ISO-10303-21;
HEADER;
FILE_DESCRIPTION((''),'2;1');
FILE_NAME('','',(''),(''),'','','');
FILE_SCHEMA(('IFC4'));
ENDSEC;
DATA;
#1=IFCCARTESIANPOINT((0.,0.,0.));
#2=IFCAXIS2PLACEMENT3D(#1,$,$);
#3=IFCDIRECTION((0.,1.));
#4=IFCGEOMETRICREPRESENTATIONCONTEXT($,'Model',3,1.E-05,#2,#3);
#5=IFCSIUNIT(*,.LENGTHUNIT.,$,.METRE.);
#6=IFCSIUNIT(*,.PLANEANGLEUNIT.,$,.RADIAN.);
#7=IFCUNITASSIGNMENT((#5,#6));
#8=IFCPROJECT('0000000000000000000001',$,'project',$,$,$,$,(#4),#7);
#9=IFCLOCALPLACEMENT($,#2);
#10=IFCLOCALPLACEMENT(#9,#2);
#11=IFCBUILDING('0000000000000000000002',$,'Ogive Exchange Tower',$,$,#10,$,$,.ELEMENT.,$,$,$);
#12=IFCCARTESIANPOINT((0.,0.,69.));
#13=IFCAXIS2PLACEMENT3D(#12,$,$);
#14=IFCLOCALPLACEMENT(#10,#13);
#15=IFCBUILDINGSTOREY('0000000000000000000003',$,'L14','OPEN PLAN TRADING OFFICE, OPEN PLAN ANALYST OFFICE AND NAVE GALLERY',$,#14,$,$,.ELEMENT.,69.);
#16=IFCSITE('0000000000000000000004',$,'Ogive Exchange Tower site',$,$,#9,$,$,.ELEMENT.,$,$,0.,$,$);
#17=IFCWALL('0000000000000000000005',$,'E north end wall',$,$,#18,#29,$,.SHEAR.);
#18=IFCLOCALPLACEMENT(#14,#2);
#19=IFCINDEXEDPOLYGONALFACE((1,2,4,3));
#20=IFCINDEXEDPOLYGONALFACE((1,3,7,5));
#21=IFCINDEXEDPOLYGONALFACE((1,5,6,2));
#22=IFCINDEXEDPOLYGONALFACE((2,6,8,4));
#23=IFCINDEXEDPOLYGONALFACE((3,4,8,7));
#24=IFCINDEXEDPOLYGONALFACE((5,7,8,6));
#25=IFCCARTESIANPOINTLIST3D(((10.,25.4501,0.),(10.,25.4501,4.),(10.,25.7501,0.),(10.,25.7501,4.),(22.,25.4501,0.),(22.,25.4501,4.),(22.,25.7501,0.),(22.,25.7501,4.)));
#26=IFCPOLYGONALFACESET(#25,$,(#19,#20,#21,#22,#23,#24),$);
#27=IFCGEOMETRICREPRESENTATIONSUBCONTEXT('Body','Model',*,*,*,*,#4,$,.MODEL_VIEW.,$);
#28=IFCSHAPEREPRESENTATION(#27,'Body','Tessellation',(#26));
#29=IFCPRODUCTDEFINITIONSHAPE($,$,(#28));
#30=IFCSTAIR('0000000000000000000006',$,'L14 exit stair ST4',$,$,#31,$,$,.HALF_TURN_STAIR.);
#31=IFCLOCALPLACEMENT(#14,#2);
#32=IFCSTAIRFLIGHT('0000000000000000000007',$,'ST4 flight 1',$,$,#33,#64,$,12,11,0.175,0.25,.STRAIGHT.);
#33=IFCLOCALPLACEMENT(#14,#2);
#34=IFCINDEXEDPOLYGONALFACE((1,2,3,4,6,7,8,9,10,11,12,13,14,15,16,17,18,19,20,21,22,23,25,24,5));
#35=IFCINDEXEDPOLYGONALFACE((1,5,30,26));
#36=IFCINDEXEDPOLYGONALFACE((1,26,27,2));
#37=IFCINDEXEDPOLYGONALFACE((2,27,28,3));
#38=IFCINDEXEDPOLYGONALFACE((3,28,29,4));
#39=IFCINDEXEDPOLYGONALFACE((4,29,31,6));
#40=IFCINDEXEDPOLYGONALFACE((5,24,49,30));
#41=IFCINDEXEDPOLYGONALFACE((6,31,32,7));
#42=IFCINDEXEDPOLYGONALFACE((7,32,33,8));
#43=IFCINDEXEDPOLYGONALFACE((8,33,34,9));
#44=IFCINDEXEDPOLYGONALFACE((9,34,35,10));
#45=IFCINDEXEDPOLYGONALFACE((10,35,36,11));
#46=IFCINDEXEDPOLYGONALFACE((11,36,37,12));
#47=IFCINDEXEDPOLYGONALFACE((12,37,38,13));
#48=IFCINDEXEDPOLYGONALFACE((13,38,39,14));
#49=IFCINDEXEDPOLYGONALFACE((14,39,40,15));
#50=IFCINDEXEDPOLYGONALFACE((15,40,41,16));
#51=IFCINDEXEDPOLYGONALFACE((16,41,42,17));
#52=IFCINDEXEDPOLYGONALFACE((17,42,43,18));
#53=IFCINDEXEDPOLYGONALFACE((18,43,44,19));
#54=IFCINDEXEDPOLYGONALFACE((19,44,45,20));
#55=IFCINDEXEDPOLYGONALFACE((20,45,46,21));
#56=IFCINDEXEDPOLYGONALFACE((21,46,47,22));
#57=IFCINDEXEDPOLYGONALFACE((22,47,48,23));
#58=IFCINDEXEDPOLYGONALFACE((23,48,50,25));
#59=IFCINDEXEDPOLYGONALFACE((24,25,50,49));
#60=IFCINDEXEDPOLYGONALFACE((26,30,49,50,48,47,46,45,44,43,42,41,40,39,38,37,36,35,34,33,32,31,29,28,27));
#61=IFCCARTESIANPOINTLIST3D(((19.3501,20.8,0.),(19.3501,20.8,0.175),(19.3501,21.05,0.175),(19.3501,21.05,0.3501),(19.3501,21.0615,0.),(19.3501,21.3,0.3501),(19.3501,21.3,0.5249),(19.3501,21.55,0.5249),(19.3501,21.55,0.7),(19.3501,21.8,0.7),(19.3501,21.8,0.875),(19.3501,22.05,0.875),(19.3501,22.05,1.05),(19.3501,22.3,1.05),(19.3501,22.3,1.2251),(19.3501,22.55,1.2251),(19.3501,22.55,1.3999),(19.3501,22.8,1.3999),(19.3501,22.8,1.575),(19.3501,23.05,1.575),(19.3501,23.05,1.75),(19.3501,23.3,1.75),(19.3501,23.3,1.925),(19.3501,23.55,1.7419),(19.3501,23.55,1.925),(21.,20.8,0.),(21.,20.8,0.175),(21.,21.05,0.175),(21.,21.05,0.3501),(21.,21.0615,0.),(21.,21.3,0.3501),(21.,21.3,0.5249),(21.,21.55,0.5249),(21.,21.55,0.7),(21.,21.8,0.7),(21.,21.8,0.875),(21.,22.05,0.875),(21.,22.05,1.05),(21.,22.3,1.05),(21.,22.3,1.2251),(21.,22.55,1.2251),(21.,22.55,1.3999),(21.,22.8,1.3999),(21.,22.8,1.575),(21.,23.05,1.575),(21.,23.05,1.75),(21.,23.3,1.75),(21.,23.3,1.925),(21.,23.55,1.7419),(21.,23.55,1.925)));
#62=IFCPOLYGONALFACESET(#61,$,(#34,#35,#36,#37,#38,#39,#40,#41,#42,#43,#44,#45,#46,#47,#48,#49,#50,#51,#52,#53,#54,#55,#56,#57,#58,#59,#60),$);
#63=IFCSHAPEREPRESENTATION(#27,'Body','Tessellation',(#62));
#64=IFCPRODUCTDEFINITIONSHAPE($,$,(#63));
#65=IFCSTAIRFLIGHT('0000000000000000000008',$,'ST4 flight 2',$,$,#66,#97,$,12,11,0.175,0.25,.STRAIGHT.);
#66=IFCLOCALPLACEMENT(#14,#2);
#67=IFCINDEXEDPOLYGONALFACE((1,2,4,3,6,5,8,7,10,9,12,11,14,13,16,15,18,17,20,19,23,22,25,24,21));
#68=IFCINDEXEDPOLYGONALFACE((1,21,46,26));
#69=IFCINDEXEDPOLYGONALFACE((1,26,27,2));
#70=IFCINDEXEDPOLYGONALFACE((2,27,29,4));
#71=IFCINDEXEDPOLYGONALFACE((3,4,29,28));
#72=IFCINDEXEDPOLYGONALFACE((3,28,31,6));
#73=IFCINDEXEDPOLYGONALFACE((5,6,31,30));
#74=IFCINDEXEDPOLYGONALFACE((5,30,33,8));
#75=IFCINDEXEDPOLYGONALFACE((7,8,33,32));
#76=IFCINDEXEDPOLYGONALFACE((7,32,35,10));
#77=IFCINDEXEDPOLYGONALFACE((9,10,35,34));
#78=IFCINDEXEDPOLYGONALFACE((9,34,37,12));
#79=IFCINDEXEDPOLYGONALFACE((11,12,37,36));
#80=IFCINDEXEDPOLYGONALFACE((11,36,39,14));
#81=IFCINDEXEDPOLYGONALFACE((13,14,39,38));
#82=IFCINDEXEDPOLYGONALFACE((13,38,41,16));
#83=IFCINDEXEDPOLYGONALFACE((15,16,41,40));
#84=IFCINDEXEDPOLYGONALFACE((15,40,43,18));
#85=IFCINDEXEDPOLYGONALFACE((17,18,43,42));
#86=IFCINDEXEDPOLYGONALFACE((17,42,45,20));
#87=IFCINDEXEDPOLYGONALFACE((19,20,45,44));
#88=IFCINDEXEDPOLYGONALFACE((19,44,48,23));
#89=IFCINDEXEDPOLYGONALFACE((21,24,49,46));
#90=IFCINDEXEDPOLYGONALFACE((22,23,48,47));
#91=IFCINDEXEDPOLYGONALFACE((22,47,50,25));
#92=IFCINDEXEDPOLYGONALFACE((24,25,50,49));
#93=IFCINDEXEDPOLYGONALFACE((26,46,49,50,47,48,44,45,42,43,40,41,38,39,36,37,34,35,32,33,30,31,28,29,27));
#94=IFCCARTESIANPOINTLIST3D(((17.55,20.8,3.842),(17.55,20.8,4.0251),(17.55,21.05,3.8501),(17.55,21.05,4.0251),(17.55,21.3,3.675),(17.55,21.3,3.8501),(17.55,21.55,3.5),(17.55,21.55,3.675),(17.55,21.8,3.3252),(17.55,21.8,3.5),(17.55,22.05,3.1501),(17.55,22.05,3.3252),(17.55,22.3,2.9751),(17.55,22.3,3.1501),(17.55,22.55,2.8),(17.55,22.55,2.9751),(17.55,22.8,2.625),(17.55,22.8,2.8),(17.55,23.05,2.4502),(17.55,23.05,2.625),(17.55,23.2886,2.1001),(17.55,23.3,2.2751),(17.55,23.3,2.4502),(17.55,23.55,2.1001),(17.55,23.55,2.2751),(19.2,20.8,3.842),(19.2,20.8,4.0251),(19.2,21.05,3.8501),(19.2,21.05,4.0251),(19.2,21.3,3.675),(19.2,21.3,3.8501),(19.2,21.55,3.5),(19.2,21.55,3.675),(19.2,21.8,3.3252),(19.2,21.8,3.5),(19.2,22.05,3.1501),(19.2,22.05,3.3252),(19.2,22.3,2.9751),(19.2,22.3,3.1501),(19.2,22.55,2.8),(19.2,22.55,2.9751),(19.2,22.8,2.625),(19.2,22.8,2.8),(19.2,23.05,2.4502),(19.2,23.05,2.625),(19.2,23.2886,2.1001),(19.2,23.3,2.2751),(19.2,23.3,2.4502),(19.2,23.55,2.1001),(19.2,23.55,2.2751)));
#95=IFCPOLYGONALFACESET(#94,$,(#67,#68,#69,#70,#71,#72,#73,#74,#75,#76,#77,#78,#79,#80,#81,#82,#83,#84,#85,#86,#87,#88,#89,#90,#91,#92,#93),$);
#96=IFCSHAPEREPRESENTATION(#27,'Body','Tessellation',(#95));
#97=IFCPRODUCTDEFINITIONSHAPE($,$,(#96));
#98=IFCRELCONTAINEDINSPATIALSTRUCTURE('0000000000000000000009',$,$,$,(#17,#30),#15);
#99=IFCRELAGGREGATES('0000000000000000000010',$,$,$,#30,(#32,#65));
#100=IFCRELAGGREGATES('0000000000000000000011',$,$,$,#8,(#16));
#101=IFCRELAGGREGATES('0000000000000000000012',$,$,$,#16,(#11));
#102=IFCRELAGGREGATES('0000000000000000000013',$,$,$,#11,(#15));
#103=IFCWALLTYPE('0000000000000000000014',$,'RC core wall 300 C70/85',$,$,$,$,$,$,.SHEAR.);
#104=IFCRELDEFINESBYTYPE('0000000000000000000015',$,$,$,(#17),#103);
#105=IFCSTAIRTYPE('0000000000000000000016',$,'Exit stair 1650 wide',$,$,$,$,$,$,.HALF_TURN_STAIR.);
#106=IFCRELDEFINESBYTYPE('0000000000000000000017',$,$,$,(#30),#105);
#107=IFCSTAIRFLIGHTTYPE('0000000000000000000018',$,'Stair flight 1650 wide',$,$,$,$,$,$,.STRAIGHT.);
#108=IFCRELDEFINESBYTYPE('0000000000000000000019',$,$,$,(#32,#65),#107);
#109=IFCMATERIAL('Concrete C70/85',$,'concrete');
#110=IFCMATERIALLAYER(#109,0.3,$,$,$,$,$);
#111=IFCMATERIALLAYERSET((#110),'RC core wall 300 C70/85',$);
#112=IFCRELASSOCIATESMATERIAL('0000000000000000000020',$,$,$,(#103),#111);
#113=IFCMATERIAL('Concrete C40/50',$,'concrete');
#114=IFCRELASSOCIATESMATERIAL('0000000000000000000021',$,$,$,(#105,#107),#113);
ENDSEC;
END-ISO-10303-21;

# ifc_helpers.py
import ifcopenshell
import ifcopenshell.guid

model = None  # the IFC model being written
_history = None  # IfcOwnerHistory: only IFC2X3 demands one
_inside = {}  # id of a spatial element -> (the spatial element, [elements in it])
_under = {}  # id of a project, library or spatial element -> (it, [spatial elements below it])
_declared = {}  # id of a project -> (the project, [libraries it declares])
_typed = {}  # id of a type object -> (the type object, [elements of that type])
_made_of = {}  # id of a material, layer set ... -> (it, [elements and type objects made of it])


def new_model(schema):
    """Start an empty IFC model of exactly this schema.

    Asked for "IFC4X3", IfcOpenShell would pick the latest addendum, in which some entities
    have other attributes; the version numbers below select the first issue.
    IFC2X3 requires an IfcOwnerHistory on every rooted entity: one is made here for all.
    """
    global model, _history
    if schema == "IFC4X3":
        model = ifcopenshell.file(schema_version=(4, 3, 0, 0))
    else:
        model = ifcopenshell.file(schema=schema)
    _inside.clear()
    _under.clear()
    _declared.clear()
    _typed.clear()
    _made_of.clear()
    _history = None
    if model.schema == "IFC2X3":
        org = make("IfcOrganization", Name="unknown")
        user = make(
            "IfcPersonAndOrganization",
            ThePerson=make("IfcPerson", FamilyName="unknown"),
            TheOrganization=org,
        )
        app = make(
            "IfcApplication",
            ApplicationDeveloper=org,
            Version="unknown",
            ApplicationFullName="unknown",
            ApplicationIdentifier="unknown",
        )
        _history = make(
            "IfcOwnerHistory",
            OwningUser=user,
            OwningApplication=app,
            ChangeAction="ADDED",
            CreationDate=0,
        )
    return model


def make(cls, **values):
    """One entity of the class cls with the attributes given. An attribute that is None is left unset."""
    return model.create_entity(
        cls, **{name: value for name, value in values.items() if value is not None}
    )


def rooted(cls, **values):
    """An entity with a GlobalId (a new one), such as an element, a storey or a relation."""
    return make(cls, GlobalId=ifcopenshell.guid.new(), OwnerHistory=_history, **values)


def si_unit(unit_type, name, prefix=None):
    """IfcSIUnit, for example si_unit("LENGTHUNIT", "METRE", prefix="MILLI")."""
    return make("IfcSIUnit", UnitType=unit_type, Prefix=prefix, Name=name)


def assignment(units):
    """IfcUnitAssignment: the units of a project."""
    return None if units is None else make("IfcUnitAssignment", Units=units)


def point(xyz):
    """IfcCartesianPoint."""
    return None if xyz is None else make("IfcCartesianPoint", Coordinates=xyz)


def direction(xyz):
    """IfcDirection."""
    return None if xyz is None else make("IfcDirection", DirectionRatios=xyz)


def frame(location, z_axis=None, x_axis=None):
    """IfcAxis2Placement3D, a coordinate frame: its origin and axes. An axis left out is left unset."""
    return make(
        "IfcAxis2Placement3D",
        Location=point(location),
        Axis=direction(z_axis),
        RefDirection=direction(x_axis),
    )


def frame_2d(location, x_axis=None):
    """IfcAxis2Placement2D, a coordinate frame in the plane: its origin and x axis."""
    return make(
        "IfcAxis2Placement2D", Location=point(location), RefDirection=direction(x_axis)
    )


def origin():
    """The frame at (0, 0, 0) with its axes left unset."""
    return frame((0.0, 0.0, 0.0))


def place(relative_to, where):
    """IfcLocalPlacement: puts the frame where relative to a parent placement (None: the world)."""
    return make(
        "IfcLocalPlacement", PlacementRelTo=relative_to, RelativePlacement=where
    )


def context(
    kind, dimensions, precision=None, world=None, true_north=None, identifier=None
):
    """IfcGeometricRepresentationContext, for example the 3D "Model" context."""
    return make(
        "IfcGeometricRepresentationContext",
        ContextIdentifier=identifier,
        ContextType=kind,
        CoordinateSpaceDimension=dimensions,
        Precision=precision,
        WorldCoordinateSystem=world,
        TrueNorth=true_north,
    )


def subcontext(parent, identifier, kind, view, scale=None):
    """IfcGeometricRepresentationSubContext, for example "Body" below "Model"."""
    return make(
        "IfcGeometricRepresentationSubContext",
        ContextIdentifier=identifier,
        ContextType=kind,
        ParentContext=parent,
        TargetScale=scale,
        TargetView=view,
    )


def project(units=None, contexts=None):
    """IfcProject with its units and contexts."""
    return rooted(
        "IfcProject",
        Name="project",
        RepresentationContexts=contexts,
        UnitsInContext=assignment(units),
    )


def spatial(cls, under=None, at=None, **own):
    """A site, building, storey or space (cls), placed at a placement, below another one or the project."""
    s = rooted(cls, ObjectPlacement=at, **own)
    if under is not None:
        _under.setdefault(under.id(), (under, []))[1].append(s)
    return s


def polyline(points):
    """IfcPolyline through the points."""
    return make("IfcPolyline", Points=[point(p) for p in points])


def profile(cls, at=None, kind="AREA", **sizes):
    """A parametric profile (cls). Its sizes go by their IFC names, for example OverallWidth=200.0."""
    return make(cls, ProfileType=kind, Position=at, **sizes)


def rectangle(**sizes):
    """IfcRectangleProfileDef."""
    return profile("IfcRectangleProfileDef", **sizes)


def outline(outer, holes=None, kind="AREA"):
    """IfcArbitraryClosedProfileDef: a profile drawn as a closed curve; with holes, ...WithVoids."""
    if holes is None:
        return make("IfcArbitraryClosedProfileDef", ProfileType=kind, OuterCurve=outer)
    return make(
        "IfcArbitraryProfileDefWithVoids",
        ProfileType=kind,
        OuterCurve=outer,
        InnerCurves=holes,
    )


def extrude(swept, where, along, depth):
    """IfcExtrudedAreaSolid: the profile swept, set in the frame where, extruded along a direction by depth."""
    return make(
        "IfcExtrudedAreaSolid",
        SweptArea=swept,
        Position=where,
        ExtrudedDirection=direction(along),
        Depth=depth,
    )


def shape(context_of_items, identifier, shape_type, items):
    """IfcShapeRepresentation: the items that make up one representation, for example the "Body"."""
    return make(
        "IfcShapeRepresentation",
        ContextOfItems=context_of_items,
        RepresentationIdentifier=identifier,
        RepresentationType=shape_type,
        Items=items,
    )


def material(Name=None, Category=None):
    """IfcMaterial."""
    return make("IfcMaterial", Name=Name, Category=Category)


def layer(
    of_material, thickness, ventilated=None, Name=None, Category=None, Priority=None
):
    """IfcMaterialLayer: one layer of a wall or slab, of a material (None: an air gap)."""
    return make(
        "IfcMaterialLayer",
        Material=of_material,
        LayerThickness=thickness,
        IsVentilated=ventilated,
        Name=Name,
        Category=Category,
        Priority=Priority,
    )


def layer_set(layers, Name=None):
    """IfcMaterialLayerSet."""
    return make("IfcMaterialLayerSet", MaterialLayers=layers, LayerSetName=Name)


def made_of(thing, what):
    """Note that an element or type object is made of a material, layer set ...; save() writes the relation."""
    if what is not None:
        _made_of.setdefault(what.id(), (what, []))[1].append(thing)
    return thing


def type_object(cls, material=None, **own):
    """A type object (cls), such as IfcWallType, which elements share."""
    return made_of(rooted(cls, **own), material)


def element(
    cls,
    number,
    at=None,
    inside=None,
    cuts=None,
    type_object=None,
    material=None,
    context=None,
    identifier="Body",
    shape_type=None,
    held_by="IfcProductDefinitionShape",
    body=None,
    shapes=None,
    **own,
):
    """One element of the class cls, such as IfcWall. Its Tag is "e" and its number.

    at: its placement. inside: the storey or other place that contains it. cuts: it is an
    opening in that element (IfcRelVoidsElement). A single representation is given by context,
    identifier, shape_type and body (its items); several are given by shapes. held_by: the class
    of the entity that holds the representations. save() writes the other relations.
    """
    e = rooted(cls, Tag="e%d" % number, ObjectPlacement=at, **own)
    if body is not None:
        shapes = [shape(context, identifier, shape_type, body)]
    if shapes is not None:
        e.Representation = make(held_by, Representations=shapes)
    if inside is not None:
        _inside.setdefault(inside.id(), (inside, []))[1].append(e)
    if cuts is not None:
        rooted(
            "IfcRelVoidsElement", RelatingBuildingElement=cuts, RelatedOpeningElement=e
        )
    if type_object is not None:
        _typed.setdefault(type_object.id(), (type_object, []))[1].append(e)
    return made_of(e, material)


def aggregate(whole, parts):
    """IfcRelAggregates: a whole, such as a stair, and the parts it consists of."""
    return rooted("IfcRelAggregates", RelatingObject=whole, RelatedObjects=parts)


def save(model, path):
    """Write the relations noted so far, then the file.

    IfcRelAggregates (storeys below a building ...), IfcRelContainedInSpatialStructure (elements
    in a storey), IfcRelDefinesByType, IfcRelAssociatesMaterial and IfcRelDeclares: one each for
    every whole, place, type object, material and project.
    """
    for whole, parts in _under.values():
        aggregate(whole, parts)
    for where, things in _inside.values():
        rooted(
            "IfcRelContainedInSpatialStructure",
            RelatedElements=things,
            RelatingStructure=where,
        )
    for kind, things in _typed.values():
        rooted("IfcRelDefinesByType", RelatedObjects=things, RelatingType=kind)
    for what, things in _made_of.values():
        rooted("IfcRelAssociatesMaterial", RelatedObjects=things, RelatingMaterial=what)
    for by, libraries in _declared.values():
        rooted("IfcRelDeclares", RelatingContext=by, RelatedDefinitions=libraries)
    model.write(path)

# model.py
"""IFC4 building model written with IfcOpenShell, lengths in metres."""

from ifc_helpers import new_model, si_unit, direction, frame, frame_2d, origin, place, context, subcontext, project, spatial, polyline, rectangle, outline, extrude, material, layer, layer_set, type_object, element, aggregate, save


model = new_model("IFC4")

# Units and contexts
model_context = context("Model", 3, precision=1e-05, world=origin(), true_north=direction((0.0, 1.0)))
body_context = subcontext(model_context, "Body", "Model", "MODEL_VIEW")
ifc_project = project(units=[si_unit("LENGTHUNIT", "METRE"), si_unit("PLANEANGLEUNIT", "RADIAN")], contexts=[model_context])

# Site, building, storey
site_placement = place(None, origin())
site = spatial("IfcSite", under=ifc_project, at=site_placement, Name="Ogive Exchange Tower site", CompositionType="ELEMENT", RefElevation=0.0)
building_placement = place(site_placement, origin())
building = spatial("IfcBuilding", under=site, at=building_placement, Name="Ogive Exchange Tower", CompositionType="ELEMENT")
storey_placement = place(building_placement, frame((0.0, 0.0, 69.0)))
storey = spatial("IfcBuildingStorey", under=building, at=storey_placement, Name="L14", Description="OPEN PLAN TRADING OFFICE, OPEN PLAN ANALYST OFFICE AND NAVE GALLERY", CompositionType="ELEMENT", Elevation=69.0)

# Wall
ifc_material_1 = material(Name="Concrete C70/85", Category="concrete")
ifc_layer_1 = layer(ifc_material_1, 0.3)
ifc_layer_set_1 = layer_set([ifc_layer_1], Name="RC core wall 300 C70/85")
wall_type_1 = type_object("IfcWallType", Name="RC core wall 300 C70/85", PredefinedType="SHEAR", material=ifc_layer_set_1)
wall_1_placement = place(storey_placement, frame((10.0, 25.6001, 0.0), z_axis=(0.0, 0.0, 1.0), x_axis=(1.0, 0.0, 0.0)))
element("IfcWall", 1, at=wall_1_placement, inside=storey, type_object=wall_type_1, Name="E north end wall", PredefinedType="SHEAR", context=body_context, shape_type="SweptSolid", body=[
    extrude(rectangle(XDim=12.0, YDim=0.3, at=frame_2d((6.0, 0.0))), origin(), (0.0, 0.0, 1.0), 4.0),
])

# Stair, stair flights
ifc_material_2 = material(Name="Concrete C40/50", Category="concrete")
stair_type = type_object("IfcStairType", Name="Exit stair 1650 wide", PredefinedType="HALF_TURN_STAIR", material=ifc_material_2)
stair_placement = place(storey_placement, origin())
stair = element("IfcStair", 2, at=stair_placement, inside=storey, type_object=stair_type, Name="L14 exit stair ST4", PredefinedType="HALF_TURN_STAIR")
stair_flight_type = type_object("IfcStairFlightType", Name="Stair flight 1650 wide", PredefinedType="STRAIGHT", material=ifc_material_2)
stair_flight_1_placement = place(storey_placement, frame((20.175, 20.8, 0.0), z_axis=(0.0, 0.0, 1.0), x_axis=(0.0, 1.0, 0.0)))
stair_flight_1 = element("IfcStairFlight", 3, at=stair_flight_1_placement, type_object=stair_flight_type, Name="ST4 flight 1", NumberOfRisers=12, NumberOfTreads=11, PredefinedType="STRAIGHT", RiserHeight=0.175, TreadLength=0.25, context=body_context, shape_type="SweptSolid", body=[
    extrude(outline(polyline([(0.0, 0.0), (0.0, 0.175), (0.25, 0.175), (0.25, 0.3501), (0.5, 0.3501), (0.5, 0.5249), (0.75, 0.5249), (0.75, 0.7), (1.0, 0.7), (1.0, 0.875), (1.25, 0.875), (1.25, 1.05), (1.5, 1.05), (1.5, 1.2251), (1.75, 1.2251), (1.75, 1.3999), (2.0, 1.3999), (2.0, 1.575), (2.25, 1.575), (2.25, 1.75), (2.5, 1.75), (2.5, 1.925), (2.75, 1.925), (2.75, 2.1001), (2.75, 1.7419), (0.2615, 0.0), (0.0, 0.0)])), frame((0.0, 0.825, 0.0), z_axis=(0.0, -1.0, 0.0), x_axis=(1.0, 0.0, 0.0)), (0.0, 0.0, 1.0), 1.6499),
])
stair_flight_2_placement = place(storey_placement, frame((18.375, 23.55, 2.1001), z_axis=(0.0, 0.0, 1.0), x_axis=(0.0, -1.0, 0.0)))
stair_flight_2 = element("IfcStairFlight", 4, at=stair_flight_2_placement, type_object=stair_flight_type, Name="ST4 flight 2", NumberOfRisers=12, NumberOfTreads=11, PredefinedType="STRAIGHT", RiserHeight=0.175, TreadLength=0.25, context=body_context, shape_type="SweptSolid", body=[
    extrude(outline(polyline([(0.0, 0.0), (0.0, 0.175), (0.25, 0.175), (0.25, 0.3501), (0.5, 0.3501), (0.5, 0.5249), (0.75, 0.5249), (0.75, 0.7), (1.0, 0.7), (1.0, 0.875), (1.25, 0.875), (1.25, 1.05), (1.5, 1.05), (1.5, 1.2251), (1.75, 1.2251), (1.75, 1.3999), (2.0, 1.3999), (2.0, 1.575), (2.25, 1.575), (2.25, 1.75), (2.5, 1.75), (2.5, 1.925), (2.75, 1.925), (2.75, 2.1001), (2.75, 1.7419), (0.2615, 0.0), (0.0, 0.0)])), frame((0.0, 0.825, 0.0), z_axis=(0.0, -1.0, 0.0), x_axis=(1.0, 0.0, 0.0)), (0.0, 0.0, 1.0), 1.6499),
])
aggregate(stair, [stair_flight_1, stair_flight_2])

save(model, "model.ifc")
